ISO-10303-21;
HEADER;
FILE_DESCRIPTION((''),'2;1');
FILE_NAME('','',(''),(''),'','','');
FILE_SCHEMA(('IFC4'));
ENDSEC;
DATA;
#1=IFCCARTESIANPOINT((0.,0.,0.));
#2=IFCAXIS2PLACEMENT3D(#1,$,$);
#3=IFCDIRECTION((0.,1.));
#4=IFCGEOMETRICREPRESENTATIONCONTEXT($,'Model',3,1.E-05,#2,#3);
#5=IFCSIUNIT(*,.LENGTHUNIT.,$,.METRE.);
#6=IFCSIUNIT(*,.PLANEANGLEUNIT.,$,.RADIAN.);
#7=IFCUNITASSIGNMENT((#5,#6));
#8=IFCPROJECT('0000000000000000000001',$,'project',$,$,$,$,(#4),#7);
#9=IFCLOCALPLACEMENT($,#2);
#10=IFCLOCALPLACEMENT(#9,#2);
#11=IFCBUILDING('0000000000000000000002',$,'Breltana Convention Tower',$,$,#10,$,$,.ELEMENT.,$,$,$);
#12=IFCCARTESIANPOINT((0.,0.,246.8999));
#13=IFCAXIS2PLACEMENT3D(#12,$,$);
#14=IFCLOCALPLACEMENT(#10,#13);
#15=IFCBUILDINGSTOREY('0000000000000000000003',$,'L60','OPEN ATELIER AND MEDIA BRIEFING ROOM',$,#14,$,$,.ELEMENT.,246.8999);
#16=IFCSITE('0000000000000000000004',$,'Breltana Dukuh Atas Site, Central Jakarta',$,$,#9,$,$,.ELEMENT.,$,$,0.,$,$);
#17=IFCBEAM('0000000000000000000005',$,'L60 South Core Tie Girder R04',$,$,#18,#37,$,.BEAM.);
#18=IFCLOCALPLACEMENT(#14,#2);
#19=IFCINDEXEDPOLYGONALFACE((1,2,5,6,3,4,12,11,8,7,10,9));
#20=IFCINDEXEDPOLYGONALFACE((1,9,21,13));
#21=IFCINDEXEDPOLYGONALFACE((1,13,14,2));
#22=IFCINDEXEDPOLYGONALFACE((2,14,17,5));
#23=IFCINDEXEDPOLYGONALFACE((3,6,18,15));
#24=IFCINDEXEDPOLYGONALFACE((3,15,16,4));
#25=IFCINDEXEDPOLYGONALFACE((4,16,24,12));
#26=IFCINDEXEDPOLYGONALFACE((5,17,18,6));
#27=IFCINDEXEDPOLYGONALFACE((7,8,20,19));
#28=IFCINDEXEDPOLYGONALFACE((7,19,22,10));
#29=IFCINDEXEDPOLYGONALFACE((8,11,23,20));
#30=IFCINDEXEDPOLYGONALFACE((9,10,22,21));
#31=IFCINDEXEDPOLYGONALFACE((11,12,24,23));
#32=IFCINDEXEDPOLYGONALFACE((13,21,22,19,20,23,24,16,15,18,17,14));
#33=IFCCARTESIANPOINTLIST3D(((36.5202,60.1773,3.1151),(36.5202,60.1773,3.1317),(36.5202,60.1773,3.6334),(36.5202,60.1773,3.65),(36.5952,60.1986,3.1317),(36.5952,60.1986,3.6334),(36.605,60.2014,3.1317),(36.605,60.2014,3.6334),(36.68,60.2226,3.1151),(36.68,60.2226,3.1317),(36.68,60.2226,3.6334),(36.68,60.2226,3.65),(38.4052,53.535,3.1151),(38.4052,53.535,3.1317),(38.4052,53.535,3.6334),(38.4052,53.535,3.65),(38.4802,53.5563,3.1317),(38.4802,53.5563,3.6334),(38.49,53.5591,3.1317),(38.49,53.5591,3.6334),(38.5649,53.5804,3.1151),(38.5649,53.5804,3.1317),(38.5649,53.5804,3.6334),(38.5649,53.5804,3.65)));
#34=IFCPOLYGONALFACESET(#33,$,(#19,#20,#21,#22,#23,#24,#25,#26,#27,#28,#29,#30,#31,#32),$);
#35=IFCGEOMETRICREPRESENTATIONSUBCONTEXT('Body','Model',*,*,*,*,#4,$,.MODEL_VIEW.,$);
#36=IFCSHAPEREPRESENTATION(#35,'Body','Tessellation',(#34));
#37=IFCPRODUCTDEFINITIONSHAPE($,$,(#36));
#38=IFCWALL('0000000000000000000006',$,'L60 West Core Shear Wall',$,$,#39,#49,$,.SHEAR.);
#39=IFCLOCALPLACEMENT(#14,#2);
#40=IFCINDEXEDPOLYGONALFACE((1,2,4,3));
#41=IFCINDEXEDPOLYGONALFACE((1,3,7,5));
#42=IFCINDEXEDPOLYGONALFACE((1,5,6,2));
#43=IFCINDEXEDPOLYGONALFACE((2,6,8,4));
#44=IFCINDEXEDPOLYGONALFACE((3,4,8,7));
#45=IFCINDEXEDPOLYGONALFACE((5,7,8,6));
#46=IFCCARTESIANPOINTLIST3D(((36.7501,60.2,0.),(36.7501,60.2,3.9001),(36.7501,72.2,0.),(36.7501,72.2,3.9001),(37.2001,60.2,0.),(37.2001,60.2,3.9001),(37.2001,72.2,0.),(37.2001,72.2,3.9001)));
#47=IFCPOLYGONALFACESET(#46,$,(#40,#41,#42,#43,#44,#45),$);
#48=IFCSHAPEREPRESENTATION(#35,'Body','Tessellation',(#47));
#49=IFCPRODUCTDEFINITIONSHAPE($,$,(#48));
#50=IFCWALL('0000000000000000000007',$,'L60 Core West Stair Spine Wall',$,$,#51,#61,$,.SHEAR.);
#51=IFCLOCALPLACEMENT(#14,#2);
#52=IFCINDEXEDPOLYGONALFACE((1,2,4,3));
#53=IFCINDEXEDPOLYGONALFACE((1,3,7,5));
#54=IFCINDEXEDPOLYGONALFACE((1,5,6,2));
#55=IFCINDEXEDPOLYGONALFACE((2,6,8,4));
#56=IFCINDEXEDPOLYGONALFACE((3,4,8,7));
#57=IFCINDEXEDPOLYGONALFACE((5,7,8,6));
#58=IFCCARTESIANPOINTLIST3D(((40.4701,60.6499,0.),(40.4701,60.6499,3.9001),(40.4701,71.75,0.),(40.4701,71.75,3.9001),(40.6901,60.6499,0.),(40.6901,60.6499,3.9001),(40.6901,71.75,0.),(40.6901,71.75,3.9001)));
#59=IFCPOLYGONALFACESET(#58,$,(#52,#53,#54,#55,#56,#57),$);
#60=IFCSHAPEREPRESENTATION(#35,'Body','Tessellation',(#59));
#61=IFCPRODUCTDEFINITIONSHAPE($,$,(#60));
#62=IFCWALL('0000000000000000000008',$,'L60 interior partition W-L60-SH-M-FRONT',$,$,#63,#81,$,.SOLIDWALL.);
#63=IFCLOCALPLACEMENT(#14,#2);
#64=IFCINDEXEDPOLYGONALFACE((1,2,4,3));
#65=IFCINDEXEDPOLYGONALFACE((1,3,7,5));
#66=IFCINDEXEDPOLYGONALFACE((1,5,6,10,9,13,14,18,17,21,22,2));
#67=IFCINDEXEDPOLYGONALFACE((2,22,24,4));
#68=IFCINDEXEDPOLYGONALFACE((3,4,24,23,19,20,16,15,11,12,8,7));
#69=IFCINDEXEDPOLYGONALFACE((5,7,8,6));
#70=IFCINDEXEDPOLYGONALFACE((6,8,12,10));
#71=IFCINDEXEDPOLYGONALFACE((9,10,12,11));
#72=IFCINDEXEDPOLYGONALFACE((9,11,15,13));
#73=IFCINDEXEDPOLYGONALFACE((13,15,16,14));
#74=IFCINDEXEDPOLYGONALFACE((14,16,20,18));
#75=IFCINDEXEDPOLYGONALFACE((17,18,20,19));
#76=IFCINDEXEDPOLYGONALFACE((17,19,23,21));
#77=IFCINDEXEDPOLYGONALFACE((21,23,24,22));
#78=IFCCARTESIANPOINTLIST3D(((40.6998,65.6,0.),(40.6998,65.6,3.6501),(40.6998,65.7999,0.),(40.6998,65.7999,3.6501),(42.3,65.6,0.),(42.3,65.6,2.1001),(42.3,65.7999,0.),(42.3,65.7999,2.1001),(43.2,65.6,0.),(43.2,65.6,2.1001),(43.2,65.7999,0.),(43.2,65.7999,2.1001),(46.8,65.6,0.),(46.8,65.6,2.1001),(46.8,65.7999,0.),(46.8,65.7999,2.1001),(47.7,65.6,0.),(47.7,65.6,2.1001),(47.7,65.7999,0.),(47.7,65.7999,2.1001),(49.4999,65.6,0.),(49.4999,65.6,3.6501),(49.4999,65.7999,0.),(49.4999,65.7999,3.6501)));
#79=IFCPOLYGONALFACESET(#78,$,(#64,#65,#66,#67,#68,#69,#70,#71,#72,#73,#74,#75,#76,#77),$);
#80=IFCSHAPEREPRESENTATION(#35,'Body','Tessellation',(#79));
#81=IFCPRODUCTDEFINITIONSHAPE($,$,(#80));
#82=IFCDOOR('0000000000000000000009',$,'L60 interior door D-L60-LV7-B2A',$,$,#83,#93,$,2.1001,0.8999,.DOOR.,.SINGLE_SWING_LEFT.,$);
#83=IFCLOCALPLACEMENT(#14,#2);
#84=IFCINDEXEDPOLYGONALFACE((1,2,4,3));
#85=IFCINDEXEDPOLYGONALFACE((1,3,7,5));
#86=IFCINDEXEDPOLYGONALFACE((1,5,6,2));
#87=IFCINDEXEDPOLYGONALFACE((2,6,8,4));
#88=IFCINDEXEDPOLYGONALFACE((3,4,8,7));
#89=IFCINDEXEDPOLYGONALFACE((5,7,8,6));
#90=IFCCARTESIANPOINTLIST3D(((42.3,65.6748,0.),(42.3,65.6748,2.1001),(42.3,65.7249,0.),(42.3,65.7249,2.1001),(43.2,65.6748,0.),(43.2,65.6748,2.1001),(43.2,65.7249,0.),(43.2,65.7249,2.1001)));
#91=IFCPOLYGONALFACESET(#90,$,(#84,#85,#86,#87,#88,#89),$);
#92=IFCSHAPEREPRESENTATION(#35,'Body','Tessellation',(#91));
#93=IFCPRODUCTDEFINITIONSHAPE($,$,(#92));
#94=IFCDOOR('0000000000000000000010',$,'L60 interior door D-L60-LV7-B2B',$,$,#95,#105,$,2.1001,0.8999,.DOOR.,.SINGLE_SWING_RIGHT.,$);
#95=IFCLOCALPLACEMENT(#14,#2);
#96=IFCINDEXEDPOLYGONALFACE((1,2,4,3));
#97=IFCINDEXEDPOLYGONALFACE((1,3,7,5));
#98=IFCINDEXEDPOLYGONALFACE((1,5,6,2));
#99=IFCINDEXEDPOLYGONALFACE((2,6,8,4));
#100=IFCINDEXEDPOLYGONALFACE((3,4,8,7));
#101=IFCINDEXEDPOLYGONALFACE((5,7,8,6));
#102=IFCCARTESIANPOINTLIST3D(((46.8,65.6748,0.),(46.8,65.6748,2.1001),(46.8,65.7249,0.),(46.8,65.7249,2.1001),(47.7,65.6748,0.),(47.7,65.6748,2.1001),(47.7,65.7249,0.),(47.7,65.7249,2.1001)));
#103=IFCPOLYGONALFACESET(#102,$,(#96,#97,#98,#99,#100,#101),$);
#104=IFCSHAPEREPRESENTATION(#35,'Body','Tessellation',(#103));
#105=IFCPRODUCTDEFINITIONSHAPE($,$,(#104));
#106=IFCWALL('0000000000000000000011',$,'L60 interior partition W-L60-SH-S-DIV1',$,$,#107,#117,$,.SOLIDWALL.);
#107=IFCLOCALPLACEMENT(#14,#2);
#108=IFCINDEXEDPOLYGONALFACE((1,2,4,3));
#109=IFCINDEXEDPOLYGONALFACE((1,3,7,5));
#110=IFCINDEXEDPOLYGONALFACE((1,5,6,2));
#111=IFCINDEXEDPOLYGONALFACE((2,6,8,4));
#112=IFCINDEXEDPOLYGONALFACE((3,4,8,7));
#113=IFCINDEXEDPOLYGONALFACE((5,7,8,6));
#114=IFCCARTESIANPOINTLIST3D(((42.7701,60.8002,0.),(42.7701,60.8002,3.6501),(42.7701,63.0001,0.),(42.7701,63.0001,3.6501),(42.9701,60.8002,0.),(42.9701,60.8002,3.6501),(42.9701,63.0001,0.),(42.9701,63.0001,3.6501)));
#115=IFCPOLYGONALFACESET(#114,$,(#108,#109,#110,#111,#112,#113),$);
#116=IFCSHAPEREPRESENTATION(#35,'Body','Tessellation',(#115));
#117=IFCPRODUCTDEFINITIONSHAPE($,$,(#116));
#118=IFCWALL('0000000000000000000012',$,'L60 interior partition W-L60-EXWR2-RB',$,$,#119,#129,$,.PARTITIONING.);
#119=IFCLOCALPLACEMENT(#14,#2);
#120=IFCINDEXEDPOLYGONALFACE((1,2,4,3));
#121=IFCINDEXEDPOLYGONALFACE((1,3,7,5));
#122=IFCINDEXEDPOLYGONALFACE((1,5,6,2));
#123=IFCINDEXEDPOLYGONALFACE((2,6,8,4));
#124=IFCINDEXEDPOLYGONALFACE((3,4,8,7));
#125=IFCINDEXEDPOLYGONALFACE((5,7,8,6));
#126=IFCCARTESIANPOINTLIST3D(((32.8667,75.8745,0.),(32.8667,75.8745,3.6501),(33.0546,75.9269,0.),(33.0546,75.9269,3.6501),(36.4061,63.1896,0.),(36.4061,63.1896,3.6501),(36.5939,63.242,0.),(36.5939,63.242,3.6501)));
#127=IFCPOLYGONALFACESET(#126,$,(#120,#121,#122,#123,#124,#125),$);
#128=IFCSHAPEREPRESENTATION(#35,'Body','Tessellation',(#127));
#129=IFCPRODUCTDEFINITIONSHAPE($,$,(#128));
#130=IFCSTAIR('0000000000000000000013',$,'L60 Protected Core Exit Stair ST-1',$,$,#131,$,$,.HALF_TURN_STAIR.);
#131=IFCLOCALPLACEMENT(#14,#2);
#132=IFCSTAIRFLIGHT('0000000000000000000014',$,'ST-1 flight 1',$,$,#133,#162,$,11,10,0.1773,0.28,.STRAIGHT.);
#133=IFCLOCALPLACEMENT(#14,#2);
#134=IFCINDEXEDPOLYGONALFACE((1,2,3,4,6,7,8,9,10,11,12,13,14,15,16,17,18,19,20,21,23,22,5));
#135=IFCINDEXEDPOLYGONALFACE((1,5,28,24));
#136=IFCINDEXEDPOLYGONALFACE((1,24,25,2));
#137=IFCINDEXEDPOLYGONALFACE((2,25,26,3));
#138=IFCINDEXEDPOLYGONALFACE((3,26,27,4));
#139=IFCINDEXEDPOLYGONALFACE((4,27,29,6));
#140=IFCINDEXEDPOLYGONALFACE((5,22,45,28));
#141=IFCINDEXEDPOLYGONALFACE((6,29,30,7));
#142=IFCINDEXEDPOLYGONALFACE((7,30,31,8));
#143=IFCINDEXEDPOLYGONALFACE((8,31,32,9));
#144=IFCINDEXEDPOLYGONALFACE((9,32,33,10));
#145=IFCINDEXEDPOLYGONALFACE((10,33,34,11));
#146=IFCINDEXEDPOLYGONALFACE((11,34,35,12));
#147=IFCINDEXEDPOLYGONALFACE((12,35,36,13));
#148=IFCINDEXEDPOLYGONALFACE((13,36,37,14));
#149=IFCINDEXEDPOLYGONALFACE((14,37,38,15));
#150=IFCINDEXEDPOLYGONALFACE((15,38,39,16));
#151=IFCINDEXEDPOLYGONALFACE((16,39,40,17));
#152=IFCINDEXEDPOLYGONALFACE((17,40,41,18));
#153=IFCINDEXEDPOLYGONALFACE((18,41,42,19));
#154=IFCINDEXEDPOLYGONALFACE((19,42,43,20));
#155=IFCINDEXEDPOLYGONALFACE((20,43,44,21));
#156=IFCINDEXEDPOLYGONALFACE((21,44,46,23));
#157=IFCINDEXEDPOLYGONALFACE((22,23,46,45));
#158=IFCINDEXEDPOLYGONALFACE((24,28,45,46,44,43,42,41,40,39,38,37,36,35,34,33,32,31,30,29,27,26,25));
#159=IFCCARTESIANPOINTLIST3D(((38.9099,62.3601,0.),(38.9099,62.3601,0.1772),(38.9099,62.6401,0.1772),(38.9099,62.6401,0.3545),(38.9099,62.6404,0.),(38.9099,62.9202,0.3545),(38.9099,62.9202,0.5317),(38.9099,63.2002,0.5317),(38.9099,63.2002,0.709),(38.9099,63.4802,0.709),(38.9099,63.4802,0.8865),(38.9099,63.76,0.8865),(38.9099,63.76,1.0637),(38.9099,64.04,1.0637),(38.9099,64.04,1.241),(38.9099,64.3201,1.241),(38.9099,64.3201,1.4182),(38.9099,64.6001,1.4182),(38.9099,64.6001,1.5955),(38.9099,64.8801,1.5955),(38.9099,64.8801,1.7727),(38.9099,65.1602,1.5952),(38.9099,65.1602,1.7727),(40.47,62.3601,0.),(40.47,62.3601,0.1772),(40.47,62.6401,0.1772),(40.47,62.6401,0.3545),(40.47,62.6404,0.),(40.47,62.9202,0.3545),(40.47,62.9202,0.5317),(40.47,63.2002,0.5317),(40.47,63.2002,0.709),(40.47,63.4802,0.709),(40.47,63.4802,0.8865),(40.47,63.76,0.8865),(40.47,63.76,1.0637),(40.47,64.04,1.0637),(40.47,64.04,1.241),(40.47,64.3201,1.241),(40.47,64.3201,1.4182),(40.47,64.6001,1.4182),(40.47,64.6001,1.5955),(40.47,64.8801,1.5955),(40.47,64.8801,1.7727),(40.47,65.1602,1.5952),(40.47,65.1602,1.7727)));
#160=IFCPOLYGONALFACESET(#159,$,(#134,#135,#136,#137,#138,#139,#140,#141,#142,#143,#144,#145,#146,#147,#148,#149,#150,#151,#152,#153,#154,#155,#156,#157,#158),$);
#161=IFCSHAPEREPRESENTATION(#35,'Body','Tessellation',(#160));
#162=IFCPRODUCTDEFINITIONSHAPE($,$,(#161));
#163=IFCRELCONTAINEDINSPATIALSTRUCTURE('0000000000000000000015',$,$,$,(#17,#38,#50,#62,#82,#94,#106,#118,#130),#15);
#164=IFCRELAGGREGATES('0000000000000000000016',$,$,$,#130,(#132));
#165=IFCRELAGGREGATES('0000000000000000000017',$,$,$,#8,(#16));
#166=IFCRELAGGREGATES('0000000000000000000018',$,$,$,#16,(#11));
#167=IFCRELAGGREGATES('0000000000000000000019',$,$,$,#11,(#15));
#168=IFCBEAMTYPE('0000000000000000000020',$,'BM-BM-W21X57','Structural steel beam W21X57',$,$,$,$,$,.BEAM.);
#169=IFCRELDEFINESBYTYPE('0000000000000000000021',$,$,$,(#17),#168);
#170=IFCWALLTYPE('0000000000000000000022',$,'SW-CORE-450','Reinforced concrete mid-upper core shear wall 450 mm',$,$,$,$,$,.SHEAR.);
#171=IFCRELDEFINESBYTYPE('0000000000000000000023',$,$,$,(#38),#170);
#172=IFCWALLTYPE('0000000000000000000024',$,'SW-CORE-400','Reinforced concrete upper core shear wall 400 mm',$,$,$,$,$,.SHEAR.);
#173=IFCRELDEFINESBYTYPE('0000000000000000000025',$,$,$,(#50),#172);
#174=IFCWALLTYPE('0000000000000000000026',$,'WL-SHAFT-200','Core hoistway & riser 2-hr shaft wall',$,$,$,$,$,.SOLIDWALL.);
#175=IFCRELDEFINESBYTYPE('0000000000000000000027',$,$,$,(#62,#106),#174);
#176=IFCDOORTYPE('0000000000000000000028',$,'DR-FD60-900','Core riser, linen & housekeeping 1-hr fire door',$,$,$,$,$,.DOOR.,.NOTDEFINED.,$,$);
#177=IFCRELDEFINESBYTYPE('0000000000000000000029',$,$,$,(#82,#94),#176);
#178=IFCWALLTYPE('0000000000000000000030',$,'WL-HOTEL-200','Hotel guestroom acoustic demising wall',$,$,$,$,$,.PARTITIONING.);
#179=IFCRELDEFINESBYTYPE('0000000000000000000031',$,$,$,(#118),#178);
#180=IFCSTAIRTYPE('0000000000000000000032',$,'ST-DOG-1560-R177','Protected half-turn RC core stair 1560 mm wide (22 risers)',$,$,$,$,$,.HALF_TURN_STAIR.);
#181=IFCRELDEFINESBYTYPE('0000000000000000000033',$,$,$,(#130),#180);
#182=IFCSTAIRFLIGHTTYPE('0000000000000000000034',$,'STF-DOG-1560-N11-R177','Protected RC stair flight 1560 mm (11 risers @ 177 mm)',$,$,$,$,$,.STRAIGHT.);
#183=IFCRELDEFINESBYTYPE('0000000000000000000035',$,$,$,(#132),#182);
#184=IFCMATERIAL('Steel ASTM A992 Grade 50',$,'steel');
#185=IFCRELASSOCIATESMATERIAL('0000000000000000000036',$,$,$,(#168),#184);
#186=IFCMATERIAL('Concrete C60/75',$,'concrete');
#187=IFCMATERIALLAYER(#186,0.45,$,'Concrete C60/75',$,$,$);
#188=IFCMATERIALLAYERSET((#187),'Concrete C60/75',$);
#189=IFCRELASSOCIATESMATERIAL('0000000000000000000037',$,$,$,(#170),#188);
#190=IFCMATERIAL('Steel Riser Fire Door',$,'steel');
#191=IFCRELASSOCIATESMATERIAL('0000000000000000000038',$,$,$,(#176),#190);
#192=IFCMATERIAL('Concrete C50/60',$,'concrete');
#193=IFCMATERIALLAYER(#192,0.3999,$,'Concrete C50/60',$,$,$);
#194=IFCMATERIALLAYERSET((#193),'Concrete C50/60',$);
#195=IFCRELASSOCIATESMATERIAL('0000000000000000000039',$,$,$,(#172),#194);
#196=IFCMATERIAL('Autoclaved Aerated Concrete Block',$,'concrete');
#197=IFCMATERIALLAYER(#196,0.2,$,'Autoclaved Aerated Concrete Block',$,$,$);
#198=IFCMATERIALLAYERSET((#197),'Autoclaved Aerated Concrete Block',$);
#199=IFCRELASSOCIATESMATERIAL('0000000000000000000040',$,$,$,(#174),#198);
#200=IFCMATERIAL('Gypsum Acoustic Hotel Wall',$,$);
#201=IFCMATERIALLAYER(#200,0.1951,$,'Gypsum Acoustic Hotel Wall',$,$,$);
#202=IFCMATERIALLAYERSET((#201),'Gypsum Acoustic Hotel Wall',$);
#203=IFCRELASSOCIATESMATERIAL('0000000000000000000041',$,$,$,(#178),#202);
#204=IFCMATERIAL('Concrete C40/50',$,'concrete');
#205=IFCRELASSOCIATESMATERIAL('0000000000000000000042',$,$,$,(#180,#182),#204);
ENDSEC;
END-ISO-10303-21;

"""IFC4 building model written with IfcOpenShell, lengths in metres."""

from ifc_helpers import new_model, si_unit, direction, frame, frame_2d, origin, origin_2d, place, context, subcontext, project, spatial, polyline, rectangle, i_section, outline, extrude, source, transform, mapped, material, layer, layer_set, material_profile, profile_set, type_object, type_shapes, element, fill, aggregate, save


model = new_model("IFC4")

# Units and contexts
model_context = context("Model", 3, precision=1e-05, world=origin(), true_north=direction((0.0, 1.0)))
body_context = subcontext(model_context, "Body", "Model", "MODEL_VIEW")
ifc_project = project(units=[si_unit("LENGTHUNIT", "METRE"), si_unit("PLANEANGLEUNIT", "RADIAN")], contexts=[model_context])

# Site, building, storey
site_placement = place(None, origin())
site = spatial("IfcSite", under=ifc_project, at=site_placement, Name="Breltana Dukuh Atas Site, Central Jakarta", CompositionType="ELEMENT", RefElevation=0.0)
building_placement = place(site_placement, origin())
building = spatial("IfcBuilding", under=site, at=building_placement, Name="Breltana Convention Tower", CompositionType="ELEMENT")
storey_placement = place(building_placement, frame((0.0, 0.0, 246.8999)))
storey = spatial("IfcBuildingStorey", under=building, at=storey_placement, Name="L60", Description="OPEN ATELIER AND MEDIA BRIEFING ROOM", CompositionType="ELEMENT", Elevation=246.8999)

# Beam
ifc_material_1 = material(Name="Steel ASTM A992 Grade 50", Category="steel")
ifc_material_profile = material_profile(ifc_material_1, i_section(OverallWidth=0.166, OverallDepth=0.5349, WebThickness=0.0103, FlangeThickness=0.0166, at=origin_2d()), Name="W21X57")
ifc_profile_set = profile_set([ifc_material_profile], Name="Steel ASTM A992 Grade 50")
beam_type = type_object("IfcBeamType", Name="BM-BM-W21X57", Description="Structural steel beam W21X57", PredefinedType="BEAM", material=ifc_profile_set)
shared_shape_1 = source(origin(), body_context, "Body", "SweptSolid", [
    extrude(i_section(OverallWidth=0.166, OverallDepth=0.5349, WebThickness=0.0103, FlangeThickness=0.0166, at=origin_2d()), origin(), (0.0, 0.0, 1.0), 6.9045),
])
type_shapes(beam_type, [shared_shape_1])
beam_placement = place(storey_placement, frame((36.6001, 60.2, 3.3826), z_axis=(0.273007, -0.962012, 0.0), x_axis=(0.962012, 0.273007, 0.0)))
element("IfcBeam", 1, at=beam_placement, inside=storey, type_object=beam_type, Name="L60 South Core Tie Girder R04", PredefinedType="BEAM", context=body_context, shape_type="MappedRepresentation", body=[
    mapped(shared_shape_1, transform((0.0, 0.0, 0.0), scale=1.0)),
])

# Wall
ifc_material_2 = material(Name="Concrete C60/75", Category="concrete")
ifc_layer_1 = layer(ifc_material_2, 0.45, Name="Concrete C60/75")
ifc_layer_set_1 = layer_set([ifc_layer_1], Name="Concrete C60/75")
wall_type_1 = type_object("IfcWallType", Name="SW-CORE-450", Description="Reinforced concrete mid-upper core shear wall 450 mm", PredefinedType="SHEAR", material=ifc_layer_set_1)
shared_shape_2 = source(origin(), body_context, "Body", "SweptSolid", [
    extrude(rectangle(XDim=12.0, YDim=0.45, at=frame_2d((6.0, 0.0))), origin(), (0.0, 0.0, 1.0), 3.9001),
])
wall_1_placement = place(storey_placement, frame((36.9751, 60.2, 0.0), z_axis=(0.0, 0.0, 1.0), x_axis=(0.0, 1.0, 0.0)))
element("IfcWall", 2, at=wall_1_placement, inside=storey, type_object=wall_type_1, Name="L60 West Core Shear Wall", PredefinedType="SHEAR", context=body_context, shape_type="MappedRepresentation", body=[
    mapped(shared_shape_2, transform((0.0, 0.0, 0.0), scale=1.0)),
])

# Shared definitions
ifc_material_3 = material(Name="Steel Riser Fire Door", Category="steel")
door_type_1 = type_object("IfcDoorType", Name="DR-FD60-900", Description="Core riser, linen & housekeeping 1-hr fire door", OperationType="NOTDEFINED", PredefinedType="DOOR", material=ifc_material_3)
shared_shape_3 = source(origin(), body_context, "Body", "SweptSolid", [
    extrude(rectangle(XDim=0.8999, YDim=2.1001, at=frame_2d((0.45, 1.05))), frame((0.0, 0.0249, 0.0), z_axis=(0.0, -1.0, 0.0), x_axis=(1.0, 0.0, 0.0)), (0.0, 0.0, 1.0), 0.05),
])
type_shapes(door_type_1, [shared_shape_3])

# Wall
ifc_material_4 = material(Name="Concrete C50/60", Category="concrete")
ifc_layer_2 = layer(ifc_material_4, 0.3999, Name="Concrete C50/60")
ifc_layer_set_2 = layer_set([ifc_layer_2], Name="Concrete C50/60")
wall_type_2 = type_object("IfcWallType", Name="SW-CORE-400", Description="Reinforced concrete upper core shear wall 400 mm", PredefinedType="SHEAR", material=ifc_layer_set_2)
shared_shape_4 = source(origin(), body_context, "Body", "SweptSolid", [
    extrude(rectangle(XDim=11.1001, YDim=0.22, at=frame_2d((5.55, 0.0))), origin(), (0.0, 0.0, 1.0), 3.9001),
])
wall_2_placement = place(storey_placement, frame((40.5801, 60.6499, 0.0), z_axis=(0.0, 0.0, 1.0), x_axis=(0.0, 1.0, 0.0)))
element("IfcWall", 3, at=wall_2_placement, inside=storey, type_object=wall_type_2, Name="L60 Core West Stair Spine Wall", PredefinedType="SHEAR", context=body_context, shape_type="MappedRepresentation", body=[
    mapped(shared_shape_4, transform((0.0, 0.0, 0.0), scale=1.0)),
])

# Wall, openings, doors
ifc_material_5 = material(Name="Autoclaved Aerated Concrete Block", Category="concrete")
ifc_layer_3 = layer(ifc_material_5, 0.2, Name="Autoclaved Aerated Concrete Block")
ifc_layer_set_3 = layer_set([ifc_layer_3], Name="Autoclaved Aerated Concrete Block")
wall_type_3 = type_object("IfcWallType", Name="WL-SHAFT-200", Description="Core hoistway & riser 2-hr shaft wall", PredefinedType="SOLIDWALL", material=ifc_layer_set_3)
shared_shape_5 = source(origin(), body_context, "Body", "SweptSolid", [
    extrude(rectangle(XDim=8.8, YDim=0.2, at=frame_2d((4.3999, 0.0))), origin(), (0.0, 0.0, 1.0), 3.6501),
])
wall_3_placement = place(storey_placement, frame((40.7, 65.7, 0.0), z_axis=(0.0, 0.0, 1.0), x_axis=(1.0, 0.0, 0.0)))
wall_3 = element("IfcWall", 4, at=wall_3_placement, inside=storey, type_object=wall_type_3, Name="L60 interior partition W-L60-SH-M-FRONT", PredefinedType="SOLIDWALL", context=body_context, shape_type="MappedRepresentation", body=[
    mapped(shared_shape_5, transform((0.0, 0.0, 0.0), scale=1.0)),
])
opening_1_placement = place(wall_3_placement, frame((1.6001, 0.0, 0.0)))
opening_1 = element("IfcOpeningElement", 5, at=opening_1_placement, cuts=wall_3, PredefinedType="OPENING", context=body_context, shape_type="SweptSolid", body=[
    extrude(rectangle(XDim=0.8999, YDim=2.1001, at=frame_2d((0.45, 1.05))), frame((0.0, 0.1099, 0.0), z_axis=(0.0, -1.0, 0.0), x_axis=(1.0, 0.0, 0.0)), (0.0, 0.0, 1.0), 0.22),
])
opening_2_placement = place(wall_3_placement, frame((6.1001, 0.0, 0.0)))
opening_2 = element("IfcOpeningElement", 6, at=opening_2_placement, cuts=wall_3, PredefinedType="OPENING", context=body_context, shape_type="SweptSolid", body=[
    extrude(rectangle(XDim=0.8999, YDim=2.1001, at=frame_2d((0.45, 1.05))), frame((0.0, 0.1099, 0.0), z_axis=(0.0, -1.0, 0.0), x_axis=(1.0, 0.0, 0.0)), (0.0, 0.0, 1.0), 0.22),
])
door_1_placement = place(opening_1_placement, origin())
door_1 = element("IfcDoor", 7, at=door_1_placement, inside=storey, type_object=door_type_1, Name="L60 interior door D-L60-LV7-B2A", OperationType="SINGLE_SWING_LEFT", OverallHeight=2.1001, OverallWidth=0.8999, PredefinedType="DOOR", context=body_context, shape_type="MappedRepresentation", body=[
    mapped(shared_shape_3, transform((0.0, 0.0, 0.0), scale=1.0)),
])
fill(opening_1, door_1)
door_2_placement = place(opening_2_placement, origin())
door_2 = element("IfcDoor", 8, at=door_2_placement, inside=storey, type_object=door_type_1, Name="L60 interior door D-L60-LV7-B2B", OperationType="SINGLE_SWING_RIGHT", OverallHeight=2.1001, OverallWidth=0.8999, PredefinedType="DOOR", context=body_context, shape_type="MappedRepresentation", body=[
    mapped(shared_shape_3, transform((0.0, 0.0, 0.0), scale=1.0)),
])
fill(opening_2, door_2)

# Walls
shared_shape_6 = source(origin(), body_context, "Body", "SweptSolid", [
    extrude(rectangle(XDim=2.2, YDim=0.2, at=frame_2d((1.1001, 0.0))), origin(), (0.0, 0.0, 1.0), 3.6501),
])
wall_4_placement = place(storey_placement, frame((42.8701, 60.8, 0.0), z_axis=(0.0, 0.0, 1.0), x_axis=(0.0, 1.0, 0.0)))
element("IfcWall", 9, at=wall_4_placement, inside=storey, type_object=wall_type_3, Name="L60 interior partition W-L60-SH-S-DIV1", PredefinedType="SOLIDWALL", context=body_context, shape_type="MappedRepresentation", body=[
    mapped(shared_shape_6, transform((0.0, 0.0, 0.0), scale=1.0)),
])
ifc_material_6 = material(Name="Gypsum Acoustic Hotel Wall")
ifc_layer_4 = layer(ifc_material_6, 0.1951, Name="Gypsum Acoustic Hotel Wall")
ifc_layer_set_4 = layer_set([ifc_layer_4], Name="Gypsum Acoustic Hotel Wall")
wall_type_4 = type_object("IfcWallType", Name="WL-HOTEL-200", Description="Hotel guestroom acoustic demising wall", PredefinedType="PARTITIONING", material=ifc_layer_set_4)
shared_shape_7 = source(origin(), body_context, "Body", "SweptSolid", [
    extrude(rectangle(XDim=13.1694, YDim=0.1951, at=frame_2d((6.5847, 0.0))), origin(), (0.0, 0.0, 1.0), 3.6501),
])
wall_5_placement = place(storey_placement, frame((36.5, 63.2158, 0.0), z_axis=(0.0, 0.0, 1.0), x_axis=(-0.268754, 0.963209, 0.0)))
element("IfcWall", 10, at=wall_5_placement, inside=storey, type_object=wall_type_4, Name="L60 interior partition W-L60-EXWR2-RB", PredefinedType="PARTITIONING", context=body_context, shape_type="MappedRepresentation", body=[
    mapped(shared_shape_7, transform((0.0, 0.0, 0.0), scale=1.0)),
])

# Stair, stair flight
ifc_material_7 = material(Name="Concrete C40/50", Category="concrete")
stair_type = type_object("IfcStairType", Name="ST-DOG-1560-R177", Description="Protected half-turn RC core stair 1560 mm wide (22 risers)", PredefinedType="HALF_TURN_STAIR", material=ifc_material_7)
stair_placement = place(storey_placement, origin())
stair = element("IfcStair", 11, at=stair_placement, inside=storey, type_object=stair_type, Name="L60 Protected Core Exit Stair ST-1", PredefinedType="HALF_TURN_STAIR")
stair_flight_type = type_object("IfcStairFlightType", Name="STF-DOG-1560-N11-R177", Description="Protected RC stair flight 1560 mm (11 risers @ 177 mm)", PredefinedType="STRAIGHT", material=ifc_material_7)
stair_flight_1_placement = place(storey_placement, frame((39.6899, 62.3601, 0.0), z_axis=(0.0, 0.0, 1.0), x_axis=(0.0, 1.0, 0.0)))
stair_flight_1 = element("IfcStairFlight", 12, at=stair_flight_1_placement, type_object=stair_flight_type, Name="ST-1 flight 1", NumberOfRisers=11, NumberOfTreads=10, PredefinedType="STRAIGHT", RiserHeight=0.1773, TreadLength=0.28, context=body_context, shape_type="SweptSolid", body=[
    extrude(outline(polyline([(0.0, 0.0), (0.0, 0.1772), (0.28, 0.1772), (0.28, 0.3545), (0.5601, 0.3545), (0.5601, 0.5317), (0.8401, 0.5317), (0.8401, 0.709), (1.1201, 0.709), (1.1201, 0.8865), (1.3999, 0.8865), (1.3999, 1.0637), (1.6799, 1.0637), (1.6799, 1.241), (1.96, 1.241), (1.96, 1.4182), (2.24, 1.4182), (2.24, 1.5955), (2.52, 1.5955), (2.52, 1.7727), (2.8, 1.7727), (2.8, 1.95), (2.8, 1.5952), (0.2803, 0.0), (0.0, 0.0)])), frame((0.0, 0.78, 0.0), z_axis=(0.0, -1.0, 0.0), x_axis=(1.0, 0.0, 0.0)), (0.0, 0.0, 1.0), 1.5601),
])
aggregate(stair, [stair_flight_1])

save(model, "model.ifc")
